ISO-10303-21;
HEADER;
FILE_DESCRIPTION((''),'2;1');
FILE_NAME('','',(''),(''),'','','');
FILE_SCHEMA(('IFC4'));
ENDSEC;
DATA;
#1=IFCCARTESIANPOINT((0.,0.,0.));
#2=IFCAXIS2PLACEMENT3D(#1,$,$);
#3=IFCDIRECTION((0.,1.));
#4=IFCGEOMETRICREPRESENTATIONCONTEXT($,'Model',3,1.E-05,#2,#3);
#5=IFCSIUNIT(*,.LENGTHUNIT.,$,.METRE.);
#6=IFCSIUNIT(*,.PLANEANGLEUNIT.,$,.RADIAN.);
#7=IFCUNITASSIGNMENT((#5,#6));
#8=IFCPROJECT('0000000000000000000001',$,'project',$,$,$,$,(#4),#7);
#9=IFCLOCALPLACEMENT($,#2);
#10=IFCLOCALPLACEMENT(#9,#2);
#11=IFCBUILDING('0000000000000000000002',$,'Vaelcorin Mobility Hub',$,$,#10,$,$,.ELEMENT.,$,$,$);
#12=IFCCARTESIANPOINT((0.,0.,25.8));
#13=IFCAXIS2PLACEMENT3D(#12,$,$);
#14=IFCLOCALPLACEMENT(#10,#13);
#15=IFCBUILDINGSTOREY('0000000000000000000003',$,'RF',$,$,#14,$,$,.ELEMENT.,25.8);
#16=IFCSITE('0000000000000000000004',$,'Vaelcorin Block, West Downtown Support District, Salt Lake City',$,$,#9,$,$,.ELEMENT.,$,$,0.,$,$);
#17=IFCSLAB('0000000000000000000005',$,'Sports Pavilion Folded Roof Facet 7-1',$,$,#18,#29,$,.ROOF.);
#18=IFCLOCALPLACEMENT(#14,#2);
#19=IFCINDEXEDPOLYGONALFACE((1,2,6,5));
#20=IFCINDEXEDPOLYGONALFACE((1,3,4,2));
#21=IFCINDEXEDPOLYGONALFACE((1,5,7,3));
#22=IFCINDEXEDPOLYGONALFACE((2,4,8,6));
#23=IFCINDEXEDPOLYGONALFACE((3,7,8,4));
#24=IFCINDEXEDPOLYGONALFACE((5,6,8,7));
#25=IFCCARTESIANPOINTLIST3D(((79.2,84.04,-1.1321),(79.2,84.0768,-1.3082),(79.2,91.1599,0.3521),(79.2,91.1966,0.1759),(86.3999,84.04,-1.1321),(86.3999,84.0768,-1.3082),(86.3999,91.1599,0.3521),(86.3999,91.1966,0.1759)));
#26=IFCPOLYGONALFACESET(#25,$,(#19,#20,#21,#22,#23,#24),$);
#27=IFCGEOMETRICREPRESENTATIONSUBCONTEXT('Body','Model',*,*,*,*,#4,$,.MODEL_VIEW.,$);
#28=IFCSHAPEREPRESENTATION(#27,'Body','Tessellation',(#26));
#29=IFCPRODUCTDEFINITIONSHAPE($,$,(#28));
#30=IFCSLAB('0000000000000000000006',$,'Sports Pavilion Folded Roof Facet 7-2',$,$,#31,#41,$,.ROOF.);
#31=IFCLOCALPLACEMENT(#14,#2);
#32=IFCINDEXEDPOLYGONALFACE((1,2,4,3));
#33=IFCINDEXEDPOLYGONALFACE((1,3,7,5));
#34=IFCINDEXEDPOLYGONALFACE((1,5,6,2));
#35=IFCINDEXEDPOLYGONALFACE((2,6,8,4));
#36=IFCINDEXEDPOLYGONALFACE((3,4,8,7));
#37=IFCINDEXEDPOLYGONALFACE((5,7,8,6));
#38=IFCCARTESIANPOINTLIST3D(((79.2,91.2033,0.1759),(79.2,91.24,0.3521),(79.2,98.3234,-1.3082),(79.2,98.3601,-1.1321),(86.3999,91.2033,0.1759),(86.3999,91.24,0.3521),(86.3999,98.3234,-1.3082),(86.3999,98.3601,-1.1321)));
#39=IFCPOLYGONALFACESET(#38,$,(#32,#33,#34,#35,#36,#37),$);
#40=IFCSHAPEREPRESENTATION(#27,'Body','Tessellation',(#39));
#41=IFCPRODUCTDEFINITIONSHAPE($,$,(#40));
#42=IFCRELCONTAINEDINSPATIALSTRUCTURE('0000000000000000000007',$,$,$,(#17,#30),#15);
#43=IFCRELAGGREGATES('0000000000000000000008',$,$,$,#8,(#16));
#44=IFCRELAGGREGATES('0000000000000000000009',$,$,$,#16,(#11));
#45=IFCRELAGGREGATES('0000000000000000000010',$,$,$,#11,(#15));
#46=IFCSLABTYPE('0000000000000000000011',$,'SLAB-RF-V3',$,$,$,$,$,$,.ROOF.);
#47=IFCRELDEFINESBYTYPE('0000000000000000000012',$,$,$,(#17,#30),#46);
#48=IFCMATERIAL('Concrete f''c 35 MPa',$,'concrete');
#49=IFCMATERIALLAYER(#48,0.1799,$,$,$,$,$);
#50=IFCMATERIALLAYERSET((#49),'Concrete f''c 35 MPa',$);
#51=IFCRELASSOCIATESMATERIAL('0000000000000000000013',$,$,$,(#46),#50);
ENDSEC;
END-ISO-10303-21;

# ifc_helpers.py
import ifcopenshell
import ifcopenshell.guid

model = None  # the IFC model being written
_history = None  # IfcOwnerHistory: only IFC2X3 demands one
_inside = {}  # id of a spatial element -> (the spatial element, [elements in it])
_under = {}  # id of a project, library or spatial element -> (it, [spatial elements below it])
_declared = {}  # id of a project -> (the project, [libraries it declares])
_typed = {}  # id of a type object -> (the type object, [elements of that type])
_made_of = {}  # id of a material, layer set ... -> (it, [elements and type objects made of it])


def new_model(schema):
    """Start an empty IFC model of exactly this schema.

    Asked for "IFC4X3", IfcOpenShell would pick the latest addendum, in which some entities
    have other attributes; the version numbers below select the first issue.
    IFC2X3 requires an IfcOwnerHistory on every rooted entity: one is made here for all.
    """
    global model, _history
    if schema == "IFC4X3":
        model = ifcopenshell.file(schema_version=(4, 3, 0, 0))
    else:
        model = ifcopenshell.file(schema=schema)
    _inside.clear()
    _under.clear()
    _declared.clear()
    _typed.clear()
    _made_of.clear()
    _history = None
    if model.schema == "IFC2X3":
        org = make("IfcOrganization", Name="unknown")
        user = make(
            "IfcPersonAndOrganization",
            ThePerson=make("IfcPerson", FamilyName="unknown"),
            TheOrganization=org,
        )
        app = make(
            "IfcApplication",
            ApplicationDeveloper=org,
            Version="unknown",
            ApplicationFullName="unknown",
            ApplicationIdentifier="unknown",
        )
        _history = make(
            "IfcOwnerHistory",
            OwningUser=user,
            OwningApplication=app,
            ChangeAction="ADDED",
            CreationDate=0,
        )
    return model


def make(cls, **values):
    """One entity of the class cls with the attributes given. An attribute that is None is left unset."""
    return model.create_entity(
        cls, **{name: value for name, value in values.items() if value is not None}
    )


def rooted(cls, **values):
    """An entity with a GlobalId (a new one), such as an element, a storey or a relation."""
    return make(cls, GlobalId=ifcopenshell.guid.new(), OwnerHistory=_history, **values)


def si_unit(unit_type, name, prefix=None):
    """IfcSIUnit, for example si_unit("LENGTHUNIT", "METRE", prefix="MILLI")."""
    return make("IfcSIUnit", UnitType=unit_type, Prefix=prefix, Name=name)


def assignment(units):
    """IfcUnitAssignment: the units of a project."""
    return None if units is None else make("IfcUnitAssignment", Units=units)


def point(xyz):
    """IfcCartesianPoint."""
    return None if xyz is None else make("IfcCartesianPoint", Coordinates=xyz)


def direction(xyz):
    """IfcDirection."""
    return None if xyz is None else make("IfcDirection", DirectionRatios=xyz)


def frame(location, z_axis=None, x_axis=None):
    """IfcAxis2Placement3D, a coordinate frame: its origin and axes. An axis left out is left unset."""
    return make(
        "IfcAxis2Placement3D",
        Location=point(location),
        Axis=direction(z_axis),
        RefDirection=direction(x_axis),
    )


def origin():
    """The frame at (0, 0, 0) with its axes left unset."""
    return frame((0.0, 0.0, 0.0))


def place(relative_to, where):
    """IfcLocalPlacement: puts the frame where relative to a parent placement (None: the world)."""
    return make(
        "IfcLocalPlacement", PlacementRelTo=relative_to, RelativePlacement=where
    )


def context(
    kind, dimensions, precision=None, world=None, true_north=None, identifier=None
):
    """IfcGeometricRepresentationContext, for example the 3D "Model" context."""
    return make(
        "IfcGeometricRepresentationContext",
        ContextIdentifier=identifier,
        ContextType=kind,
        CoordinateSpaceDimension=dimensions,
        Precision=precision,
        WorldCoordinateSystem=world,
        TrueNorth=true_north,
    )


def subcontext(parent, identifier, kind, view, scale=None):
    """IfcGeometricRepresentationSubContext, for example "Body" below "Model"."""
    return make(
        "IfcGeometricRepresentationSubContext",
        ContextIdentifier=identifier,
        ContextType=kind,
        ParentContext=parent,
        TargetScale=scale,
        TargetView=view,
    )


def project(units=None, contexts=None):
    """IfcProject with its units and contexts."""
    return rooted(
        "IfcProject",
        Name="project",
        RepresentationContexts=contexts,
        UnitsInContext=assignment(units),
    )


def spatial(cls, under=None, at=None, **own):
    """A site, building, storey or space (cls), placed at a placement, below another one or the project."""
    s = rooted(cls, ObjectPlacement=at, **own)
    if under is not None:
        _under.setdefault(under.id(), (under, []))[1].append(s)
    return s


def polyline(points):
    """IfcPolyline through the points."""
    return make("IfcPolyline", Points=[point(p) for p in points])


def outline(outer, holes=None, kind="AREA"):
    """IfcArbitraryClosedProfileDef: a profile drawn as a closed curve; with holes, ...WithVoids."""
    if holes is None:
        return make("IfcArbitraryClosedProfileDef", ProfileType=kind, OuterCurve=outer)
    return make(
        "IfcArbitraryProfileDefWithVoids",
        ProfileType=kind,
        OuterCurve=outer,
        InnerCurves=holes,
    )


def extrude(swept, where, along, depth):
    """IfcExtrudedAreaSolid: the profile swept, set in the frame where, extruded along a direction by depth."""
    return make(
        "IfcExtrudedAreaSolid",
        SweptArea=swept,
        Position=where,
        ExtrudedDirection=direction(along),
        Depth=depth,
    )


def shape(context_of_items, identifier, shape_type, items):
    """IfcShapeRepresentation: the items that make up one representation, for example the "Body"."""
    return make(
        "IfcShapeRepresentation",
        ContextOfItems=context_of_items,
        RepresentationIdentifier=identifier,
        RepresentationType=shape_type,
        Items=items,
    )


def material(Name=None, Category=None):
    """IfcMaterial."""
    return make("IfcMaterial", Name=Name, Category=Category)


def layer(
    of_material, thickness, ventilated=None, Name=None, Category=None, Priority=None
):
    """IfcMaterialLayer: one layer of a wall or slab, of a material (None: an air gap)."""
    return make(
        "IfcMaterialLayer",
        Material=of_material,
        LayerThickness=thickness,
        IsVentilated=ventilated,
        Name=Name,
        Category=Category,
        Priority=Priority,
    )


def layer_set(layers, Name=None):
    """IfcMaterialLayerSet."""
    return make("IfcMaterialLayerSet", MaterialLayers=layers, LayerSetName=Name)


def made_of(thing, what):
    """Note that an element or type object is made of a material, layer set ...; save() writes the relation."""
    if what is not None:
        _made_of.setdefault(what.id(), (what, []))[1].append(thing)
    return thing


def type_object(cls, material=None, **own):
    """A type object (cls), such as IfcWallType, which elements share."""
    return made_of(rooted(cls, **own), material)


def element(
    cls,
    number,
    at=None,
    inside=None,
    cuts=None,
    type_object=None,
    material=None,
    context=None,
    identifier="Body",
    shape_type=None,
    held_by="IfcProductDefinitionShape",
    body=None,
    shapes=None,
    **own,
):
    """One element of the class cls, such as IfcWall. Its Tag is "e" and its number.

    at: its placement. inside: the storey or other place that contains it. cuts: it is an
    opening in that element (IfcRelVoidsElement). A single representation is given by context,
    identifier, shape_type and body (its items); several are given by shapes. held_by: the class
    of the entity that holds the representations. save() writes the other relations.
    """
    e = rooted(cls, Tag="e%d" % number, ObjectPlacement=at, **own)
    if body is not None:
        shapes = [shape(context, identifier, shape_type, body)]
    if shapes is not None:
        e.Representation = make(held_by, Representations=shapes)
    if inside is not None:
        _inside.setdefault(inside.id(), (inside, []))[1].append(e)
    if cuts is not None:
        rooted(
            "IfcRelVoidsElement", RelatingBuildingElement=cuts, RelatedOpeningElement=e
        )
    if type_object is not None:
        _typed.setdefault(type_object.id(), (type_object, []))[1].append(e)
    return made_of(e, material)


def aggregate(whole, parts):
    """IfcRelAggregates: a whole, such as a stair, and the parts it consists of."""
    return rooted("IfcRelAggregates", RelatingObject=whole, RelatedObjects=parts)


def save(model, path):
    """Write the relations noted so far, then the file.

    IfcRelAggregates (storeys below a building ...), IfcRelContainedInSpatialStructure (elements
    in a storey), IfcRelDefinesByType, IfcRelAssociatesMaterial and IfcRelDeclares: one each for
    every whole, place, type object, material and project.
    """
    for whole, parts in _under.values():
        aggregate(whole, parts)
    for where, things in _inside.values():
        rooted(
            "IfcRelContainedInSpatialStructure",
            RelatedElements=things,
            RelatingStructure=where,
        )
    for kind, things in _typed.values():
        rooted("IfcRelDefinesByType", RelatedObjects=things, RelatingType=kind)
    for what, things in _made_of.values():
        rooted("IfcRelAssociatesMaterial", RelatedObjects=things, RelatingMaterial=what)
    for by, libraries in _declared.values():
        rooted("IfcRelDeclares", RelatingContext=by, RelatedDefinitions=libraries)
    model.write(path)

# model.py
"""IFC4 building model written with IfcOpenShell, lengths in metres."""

from ifc_helpers import new_model, si_unit, direction, frame, origin, place, context, subcontext, project, spatial, polyline, outline, extrude, material, layer, layer_set, type_object, element, save


model = new_model("IFC4")

# Units and contexts
model_context = context("Model", 3, precision=1e-05, world=origin(), true_north=direction((0.0, 1.0)))
body_context = subcontext(model_context, "Body", "Model", "MODEL_VIEW")
ifc_project = project(units=[si_unit("LENGTHUNIT", "METRE"), si_unit("PLANEANGLEUNIT", "RADIAN")], contexts=[model_context])

# Site, building, storey
site_placement = place(None, origin())
site = spatial("IfcSite", under=ifc_project, at=site_placement, Name="Vaelcorin Block, West Downtown Support District, Salt Lake City", CompositionType="ELEMENT", RefElevation=0.0)
building_placement = place(site_placement, origin())
building = spatial("IfcBuilding", under=site, at=building_placement, Name="Vaelcorin Mobility Hub", CompositionType="ELEMENT")
storey_placement = place(building_placement, frame((0.0, 0.0, 25.8)))
storey = spatial("IfcBuildingStorey", under=building, at=storey_placement, Name="RF", CompositionType="ELEMENT", Elevation=25.8)

# Slabs
ifc_material_1 = material(Name="Concrete f'c 35 MPa", Category="concrete")
ifc_layer_1 = layer(ifc_material_1, 0.1799)
ifc_layer_set_1 = layer_set([ifc_layer_1], Name="Concrete f'c 35 MPa")
slab_type = type_object("IfcSlabType", Name="SLAB-RF-V3", PredefinedType="ROOF", material=ifc_layer_set_1)
slab_1_placement = place(storey_placement, frame((79.2, 84.04, -1.1321), z_axis=(0.0, -0.204063, 0.978958), x_axis=(1.0, 0.0, 0.0)))
element("IfcSlab", 1, at=slab_1_placement, inside=storey, type_object=slab_type, Name="Sports Pavilion Folded Roof Facet 7-1", PredefinedType="ROOF", context=body_context, shape_type="SweptSolid", body=[
    extrude(outline(polyline([(0.0, 0.0), (7.2, 0.0), (7.2, 7.2729), (0.0, 7.2729), (0.0, 0.0)])), origin(), (0.0, 0.0, -1.0), 0.1799),
])
slab_2_placement = place(storey_placement, frame((79.2, 91.24, 0.3521), z_axis=(0.0, 0.204056, 0.978959), x_axis=(1.0, 0.0, 0.0)))
element("IfcSlab", 2, at=slab_2_placement, inside=storey, type_object=slab_type, Name="Sports Pavilion Folded Roof Facet 7-2", PredefinedType="ROOF", context=body_context, shape_type="SweptSolid", body=[
    extrude(outline(polyline([(0.0, 0.0), (7.2, 0.0), (7.2, 7.2732), (0.0, 7.2732), (0.0, 0.0)])), origin(), (0.0, 0.0, -1.0), 0.1799),
])

save(model, "model.ifc")
